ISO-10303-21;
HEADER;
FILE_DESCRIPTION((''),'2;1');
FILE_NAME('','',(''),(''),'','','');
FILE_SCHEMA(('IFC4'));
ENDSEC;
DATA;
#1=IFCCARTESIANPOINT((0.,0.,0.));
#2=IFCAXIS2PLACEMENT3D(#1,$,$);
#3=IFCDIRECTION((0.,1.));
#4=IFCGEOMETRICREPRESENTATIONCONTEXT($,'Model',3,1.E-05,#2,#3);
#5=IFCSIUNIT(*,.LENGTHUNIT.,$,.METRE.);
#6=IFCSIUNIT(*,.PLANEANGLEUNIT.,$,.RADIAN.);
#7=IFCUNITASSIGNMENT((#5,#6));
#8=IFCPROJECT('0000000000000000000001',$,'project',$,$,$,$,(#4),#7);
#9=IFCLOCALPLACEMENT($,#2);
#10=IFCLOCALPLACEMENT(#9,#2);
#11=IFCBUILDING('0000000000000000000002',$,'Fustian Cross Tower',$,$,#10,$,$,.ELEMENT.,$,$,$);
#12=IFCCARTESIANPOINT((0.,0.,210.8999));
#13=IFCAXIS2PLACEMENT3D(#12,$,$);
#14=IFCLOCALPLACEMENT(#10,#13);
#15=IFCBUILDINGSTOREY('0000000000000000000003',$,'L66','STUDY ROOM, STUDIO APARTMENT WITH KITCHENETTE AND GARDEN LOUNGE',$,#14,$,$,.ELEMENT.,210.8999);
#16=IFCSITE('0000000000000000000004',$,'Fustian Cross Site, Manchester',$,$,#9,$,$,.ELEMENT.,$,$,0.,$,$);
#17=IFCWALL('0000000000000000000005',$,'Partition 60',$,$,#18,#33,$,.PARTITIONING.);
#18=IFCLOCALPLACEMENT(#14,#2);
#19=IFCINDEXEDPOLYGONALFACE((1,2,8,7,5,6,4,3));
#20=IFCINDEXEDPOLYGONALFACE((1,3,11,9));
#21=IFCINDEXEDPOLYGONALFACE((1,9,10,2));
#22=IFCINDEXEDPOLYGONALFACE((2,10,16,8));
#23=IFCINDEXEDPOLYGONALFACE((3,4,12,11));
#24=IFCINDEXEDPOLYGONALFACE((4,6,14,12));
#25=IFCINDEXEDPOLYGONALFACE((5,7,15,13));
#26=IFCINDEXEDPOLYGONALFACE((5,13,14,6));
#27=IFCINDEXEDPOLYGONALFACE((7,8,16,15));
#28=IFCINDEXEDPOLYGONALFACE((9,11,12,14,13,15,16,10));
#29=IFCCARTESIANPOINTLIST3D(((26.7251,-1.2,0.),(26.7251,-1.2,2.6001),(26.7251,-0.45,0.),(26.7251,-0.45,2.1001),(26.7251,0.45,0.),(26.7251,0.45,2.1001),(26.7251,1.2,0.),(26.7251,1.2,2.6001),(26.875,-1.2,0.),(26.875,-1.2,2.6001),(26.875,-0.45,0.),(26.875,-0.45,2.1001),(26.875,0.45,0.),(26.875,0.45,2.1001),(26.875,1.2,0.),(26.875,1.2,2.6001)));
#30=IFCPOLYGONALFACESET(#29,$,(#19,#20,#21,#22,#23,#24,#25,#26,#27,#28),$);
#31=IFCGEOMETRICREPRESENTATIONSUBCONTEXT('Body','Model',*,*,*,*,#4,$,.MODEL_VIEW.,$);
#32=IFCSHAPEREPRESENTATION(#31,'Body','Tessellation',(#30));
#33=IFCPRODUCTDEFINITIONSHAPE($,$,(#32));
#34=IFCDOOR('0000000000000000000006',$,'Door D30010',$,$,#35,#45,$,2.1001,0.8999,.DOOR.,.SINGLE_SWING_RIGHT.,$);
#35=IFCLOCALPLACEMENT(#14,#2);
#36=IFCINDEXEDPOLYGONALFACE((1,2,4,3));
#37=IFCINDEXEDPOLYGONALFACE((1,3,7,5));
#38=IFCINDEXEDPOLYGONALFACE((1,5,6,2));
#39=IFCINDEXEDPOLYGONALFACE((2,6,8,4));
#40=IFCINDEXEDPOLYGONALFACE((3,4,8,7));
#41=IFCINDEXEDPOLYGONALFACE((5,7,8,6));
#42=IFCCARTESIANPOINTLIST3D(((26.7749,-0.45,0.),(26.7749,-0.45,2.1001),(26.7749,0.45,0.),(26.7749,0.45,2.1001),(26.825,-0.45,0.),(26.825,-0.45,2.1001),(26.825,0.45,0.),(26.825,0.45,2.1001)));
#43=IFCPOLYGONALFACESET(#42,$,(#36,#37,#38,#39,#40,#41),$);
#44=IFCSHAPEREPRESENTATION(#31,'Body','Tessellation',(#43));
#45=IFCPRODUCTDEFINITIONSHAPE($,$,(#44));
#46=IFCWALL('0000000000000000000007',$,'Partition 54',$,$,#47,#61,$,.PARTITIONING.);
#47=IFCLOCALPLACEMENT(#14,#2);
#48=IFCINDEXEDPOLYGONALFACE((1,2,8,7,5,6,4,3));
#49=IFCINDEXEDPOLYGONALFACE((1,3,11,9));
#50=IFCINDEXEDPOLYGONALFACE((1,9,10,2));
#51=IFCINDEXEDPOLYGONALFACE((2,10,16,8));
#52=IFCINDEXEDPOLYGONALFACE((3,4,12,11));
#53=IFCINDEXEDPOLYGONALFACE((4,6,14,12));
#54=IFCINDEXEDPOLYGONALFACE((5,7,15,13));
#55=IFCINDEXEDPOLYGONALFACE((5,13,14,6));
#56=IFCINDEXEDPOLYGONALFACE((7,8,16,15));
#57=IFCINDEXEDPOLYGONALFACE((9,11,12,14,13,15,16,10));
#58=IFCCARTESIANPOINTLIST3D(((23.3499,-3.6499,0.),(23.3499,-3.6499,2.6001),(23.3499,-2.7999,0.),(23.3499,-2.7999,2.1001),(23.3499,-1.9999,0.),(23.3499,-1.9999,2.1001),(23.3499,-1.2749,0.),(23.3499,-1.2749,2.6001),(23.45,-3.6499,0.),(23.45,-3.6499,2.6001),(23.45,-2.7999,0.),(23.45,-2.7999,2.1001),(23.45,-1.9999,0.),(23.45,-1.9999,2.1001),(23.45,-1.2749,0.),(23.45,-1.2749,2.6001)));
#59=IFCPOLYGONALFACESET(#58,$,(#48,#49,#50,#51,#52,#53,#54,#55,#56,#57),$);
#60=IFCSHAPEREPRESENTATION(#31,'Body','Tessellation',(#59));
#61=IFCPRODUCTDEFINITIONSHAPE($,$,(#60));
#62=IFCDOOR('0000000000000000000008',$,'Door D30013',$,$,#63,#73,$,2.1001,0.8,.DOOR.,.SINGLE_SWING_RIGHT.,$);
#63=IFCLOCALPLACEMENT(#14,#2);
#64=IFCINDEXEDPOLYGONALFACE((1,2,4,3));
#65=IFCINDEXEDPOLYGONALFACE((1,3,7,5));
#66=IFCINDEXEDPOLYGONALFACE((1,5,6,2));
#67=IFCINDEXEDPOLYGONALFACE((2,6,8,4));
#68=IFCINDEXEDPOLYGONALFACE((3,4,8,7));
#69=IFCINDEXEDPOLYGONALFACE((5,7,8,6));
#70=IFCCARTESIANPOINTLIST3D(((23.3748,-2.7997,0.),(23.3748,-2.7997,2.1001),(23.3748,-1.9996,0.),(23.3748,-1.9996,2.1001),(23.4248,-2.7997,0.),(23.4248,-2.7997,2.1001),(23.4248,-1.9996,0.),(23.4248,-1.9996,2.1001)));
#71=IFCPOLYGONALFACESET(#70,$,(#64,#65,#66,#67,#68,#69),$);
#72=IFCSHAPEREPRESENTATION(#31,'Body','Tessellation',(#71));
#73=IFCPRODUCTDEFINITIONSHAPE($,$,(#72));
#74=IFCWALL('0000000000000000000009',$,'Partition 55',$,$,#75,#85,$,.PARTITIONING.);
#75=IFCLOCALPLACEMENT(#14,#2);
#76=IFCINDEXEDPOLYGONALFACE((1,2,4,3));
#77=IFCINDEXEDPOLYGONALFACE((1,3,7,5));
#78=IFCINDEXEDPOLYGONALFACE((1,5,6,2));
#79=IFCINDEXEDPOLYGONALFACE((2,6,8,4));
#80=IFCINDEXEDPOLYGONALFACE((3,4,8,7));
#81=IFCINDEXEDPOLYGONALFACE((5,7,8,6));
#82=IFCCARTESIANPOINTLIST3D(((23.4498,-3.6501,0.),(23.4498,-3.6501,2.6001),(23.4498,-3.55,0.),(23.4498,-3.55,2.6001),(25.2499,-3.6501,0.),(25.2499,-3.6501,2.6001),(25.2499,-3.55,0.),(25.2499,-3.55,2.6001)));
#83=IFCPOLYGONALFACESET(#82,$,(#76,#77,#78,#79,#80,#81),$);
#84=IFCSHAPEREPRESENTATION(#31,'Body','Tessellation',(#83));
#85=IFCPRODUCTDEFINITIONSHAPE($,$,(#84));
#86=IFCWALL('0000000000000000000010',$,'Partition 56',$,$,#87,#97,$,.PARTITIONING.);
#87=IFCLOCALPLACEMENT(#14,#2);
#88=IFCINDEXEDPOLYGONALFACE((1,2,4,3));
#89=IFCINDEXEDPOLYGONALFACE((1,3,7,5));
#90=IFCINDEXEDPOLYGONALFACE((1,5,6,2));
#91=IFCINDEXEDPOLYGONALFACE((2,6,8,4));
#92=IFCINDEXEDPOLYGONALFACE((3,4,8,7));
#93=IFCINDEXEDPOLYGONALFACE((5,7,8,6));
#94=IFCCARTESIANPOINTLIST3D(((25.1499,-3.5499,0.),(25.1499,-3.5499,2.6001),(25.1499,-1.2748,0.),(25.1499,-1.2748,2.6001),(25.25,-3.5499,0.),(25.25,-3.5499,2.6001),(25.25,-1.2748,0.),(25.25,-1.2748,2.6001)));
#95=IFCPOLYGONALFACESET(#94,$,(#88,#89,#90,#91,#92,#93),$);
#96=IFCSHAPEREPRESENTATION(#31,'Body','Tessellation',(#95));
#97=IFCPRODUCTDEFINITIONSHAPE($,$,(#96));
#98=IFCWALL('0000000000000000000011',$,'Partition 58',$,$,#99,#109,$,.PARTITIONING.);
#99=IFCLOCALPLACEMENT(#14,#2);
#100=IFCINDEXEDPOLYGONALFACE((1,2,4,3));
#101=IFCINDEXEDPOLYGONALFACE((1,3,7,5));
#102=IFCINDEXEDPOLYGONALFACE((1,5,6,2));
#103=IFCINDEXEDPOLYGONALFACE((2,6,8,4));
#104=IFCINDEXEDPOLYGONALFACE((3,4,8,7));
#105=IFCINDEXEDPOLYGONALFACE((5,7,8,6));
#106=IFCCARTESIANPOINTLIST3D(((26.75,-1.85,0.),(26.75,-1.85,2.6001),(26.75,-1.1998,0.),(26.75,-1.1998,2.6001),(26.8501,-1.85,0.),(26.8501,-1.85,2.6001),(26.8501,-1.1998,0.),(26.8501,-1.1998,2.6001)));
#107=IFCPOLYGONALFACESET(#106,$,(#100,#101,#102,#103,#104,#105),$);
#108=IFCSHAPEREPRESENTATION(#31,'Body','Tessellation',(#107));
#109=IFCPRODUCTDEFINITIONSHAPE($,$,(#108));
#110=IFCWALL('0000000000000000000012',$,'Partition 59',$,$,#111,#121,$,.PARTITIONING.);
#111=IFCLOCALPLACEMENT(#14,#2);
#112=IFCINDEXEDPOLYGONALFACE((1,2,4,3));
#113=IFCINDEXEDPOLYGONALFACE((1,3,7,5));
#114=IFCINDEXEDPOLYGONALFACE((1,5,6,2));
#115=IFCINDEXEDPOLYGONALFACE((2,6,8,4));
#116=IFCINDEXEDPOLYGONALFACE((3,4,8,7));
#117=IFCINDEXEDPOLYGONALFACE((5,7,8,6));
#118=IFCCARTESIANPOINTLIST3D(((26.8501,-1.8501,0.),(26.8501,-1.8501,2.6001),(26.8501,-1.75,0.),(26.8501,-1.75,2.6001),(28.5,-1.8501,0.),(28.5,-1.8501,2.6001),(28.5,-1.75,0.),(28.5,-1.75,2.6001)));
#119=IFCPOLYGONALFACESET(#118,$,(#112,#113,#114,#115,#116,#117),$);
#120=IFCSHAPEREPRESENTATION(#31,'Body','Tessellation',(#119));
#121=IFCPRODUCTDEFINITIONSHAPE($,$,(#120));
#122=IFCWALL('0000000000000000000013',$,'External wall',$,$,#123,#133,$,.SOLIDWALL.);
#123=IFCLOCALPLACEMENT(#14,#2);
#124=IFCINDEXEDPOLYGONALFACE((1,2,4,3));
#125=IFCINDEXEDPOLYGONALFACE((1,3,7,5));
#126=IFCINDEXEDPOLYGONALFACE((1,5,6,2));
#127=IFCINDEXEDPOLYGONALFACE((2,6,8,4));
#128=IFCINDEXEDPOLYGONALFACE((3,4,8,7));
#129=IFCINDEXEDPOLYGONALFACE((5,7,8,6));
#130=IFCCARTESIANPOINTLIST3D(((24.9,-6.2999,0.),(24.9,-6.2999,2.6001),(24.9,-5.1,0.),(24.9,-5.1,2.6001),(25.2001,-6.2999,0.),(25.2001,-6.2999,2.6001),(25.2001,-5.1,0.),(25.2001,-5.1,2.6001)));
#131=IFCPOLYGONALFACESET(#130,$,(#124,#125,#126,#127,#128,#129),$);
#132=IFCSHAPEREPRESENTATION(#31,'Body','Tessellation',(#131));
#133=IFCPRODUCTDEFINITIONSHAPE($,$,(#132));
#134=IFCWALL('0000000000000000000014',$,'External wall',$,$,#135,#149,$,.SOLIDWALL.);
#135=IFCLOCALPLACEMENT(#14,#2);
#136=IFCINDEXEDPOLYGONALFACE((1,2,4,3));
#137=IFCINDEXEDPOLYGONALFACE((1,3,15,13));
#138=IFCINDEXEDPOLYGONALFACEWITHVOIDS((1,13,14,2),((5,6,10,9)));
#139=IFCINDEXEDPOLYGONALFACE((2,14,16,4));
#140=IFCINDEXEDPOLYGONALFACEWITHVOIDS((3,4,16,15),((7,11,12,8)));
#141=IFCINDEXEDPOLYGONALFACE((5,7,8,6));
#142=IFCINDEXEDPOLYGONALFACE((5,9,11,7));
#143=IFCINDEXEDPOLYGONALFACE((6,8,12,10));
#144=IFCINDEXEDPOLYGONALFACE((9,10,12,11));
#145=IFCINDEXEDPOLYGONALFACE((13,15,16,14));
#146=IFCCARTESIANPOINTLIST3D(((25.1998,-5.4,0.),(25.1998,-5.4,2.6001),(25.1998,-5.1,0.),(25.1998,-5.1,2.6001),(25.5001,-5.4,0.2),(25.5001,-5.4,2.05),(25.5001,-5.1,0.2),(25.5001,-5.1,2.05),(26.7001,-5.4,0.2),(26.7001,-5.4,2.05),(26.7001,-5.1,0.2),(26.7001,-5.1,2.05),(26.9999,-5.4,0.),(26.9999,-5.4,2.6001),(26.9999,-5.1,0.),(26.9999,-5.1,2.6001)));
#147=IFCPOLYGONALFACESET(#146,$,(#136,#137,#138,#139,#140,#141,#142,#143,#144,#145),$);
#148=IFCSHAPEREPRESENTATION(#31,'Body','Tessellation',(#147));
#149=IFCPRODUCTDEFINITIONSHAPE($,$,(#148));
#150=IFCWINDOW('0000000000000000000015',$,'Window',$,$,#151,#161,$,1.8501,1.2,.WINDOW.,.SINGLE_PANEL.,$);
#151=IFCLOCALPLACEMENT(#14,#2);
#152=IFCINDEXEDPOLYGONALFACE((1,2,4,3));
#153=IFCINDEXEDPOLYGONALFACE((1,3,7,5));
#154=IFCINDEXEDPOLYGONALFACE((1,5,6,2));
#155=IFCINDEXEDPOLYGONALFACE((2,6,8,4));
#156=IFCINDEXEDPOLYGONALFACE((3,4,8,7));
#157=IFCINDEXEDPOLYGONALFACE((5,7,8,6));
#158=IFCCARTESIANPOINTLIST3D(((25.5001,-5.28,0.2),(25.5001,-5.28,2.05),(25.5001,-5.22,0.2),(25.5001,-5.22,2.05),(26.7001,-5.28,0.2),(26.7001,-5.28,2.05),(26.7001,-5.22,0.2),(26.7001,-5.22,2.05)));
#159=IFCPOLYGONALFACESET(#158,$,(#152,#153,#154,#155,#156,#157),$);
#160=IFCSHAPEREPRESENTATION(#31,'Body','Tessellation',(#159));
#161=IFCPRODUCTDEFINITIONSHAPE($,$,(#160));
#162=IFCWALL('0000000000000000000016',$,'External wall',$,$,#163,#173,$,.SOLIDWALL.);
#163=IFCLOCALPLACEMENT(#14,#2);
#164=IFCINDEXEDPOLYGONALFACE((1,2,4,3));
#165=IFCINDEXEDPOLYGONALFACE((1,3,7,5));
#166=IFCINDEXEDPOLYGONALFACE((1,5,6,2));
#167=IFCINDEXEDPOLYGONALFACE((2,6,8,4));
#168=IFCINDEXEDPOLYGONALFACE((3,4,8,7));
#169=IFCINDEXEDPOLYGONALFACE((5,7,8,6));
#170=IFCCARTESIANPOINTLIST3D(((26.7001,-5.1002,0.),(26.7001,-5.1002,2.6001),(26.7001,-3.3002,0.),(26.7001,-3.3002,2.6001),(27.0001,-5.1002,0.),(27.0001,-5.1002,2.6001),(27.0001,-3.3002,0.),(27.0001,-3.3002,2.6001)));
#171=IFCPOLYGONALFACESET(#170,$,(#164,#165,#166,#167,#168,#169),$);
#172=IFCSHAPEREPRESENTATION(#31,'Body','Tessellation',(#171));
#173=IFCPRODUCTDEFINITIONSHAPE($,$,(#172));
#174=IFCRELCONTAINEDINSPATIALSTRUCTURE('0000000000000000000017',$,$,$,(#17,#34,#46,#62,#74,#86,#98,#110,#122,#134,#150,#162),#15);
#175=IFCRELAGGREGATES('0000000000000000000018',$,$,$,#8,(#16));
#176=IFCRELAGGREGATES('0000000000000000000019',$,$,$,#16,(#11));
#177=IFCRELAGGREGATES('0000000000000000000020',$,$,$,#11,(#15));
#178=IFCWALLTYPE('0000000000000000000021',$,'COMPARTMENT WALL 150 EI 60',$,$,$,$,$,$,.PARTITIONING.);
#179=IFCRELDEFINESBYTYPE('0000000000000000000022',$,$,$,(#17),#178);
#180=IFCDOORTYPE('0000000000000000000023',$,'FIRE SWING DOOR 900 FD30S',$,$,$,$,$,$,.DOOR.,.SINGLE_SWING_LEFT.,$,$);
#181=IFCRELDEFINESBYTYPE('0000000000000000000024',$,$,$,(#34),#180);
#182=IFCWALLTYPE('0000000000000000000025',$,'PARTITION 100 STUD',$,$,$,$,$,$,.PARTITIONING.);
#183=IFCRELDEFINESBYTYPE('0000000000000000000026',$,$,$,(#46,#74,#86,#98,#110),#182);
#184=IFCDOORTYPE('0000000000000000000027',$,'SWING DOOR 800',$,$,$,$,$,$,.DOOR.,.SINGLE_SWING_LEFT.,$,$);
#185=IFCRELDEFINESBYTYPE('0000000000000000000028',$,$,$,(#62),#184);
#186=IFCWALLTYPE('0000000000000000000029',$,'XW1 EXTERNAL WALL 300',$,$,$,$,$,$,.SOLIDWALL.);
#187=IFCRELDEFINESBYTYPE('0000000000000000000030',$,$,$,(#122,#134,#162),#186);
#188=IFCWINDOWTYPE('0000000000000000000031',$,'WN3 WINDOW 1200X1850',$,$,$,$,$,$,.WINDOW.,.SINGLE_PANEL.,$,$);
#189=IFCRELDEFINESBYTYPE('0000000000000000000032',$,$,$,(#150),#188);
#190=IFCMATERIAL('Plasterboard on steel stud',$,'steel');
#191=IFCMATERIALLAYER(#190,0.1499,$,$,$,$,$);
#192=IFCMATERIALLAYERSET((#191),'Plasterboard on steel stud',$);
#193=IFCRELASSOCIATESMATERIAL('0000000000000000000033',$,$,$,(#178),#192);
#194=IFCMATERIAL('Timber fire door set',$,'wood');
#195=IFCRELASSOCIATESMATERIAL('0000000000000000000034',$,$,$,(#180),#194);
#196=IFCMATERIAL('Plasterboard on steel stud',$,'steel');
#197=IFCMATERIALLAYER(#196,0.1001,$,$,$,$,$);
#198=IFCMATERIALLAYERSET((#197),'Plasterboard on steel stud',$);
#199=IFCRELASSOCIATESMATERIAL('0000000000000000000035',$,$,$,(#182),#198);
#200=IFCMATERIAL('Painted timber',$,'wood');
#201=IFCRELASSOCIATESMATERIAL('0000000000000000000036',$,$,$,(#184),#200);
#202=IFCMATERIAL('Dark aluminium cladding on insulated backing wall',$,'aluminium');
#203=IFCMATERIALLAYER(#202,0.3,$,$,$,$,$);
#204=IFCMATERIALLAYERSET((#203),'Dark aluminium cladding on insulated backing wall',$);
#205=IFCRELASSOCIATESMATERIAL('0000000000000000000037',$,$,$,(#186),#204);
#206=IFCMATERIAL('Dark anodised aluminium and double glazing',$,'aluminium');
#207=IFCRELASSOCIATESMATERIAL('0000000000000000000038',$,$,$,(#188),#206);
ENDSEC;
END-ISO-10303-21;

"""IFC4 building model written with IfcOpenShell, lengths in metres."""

from ifc_helpers import new_model, si_unit, direction, frame, frame_2d, origin, place, context, subcontext, project, spatial, rectangle, extrude, material, layer, layer_set, type_object, element, fill, save


model = new_model("IFC4")

# Units and contexts
model_context = context("Model", 3, precision=1e-05, world=origin(), true_north=direction((0.0, 1.0)))
body_context = subcontext(model_context, "Body", "Model", "MODEL_VIEW")
ifc_project = project(units=[si_unit("LENGTHUNIT", "METRE"), si_unit("PLANEANGLEUNIT", "RADIAN")], contexts=[model_context])

# Site, building, storey
site_placement = place(None, origin())
site = spatial("IfcSite", under=ifc_project, at=site_placement, Name="Fustian Cross Site, Manchester", CompositionType="ELEMENT", RefElevation=0.0)
building_placement = place(site_placement, origin())
building = spatial("IfcBuilding", under=site, at=building_placement, Name="Fustian Cross Tower", CompositionType="ELEMENT")
storey_placement = place(building_placement, frame((0.0, 0.0, 210.8999)))
storey = spatial("IfcBuildingStorey", under=building, at=storey_placement, Name="L66", Description="STUDY ROOM, STUDIO APARTMENT WITH KITCHENETTE AND GARDEN LOUNGE", CompositionType="ELEMENT", Elevation=210.8999)

# Walls, openings, doors
ifc_material_1 = material(Name="Plasterboard on steel stud", Category="steel")
ifc_layer_1 = layer(ifc_material_1, 0.1499)
ifc_layer_set_1 = layer_set([ifc_layer_1], Name="Plasterboard on steel stud")
wall_type_1 = type_object("IfcWallType", Name="COMPARTMENT WALL 150 EI 60", PredefinedType="PARTITIONING", material=ifc_layer_set_1)
wall_1_placement = place(storey_placement, frame((26.8, -1.2, 0.0), z_axis=(0.0, 0.0, 1.0), x_axis=(0.0, 1.0, 0.0)))
wall_1 = element("IfcWall", 1, at=wall_1_placement, inside=storey, type_object=wall_type_1, Name="Partition 60", PredefinedType="PARTITIONING", context=body_context, shape_type="SweptSolid", body=[
    extrude(rectangle(XDim=2.3999, YDim=0.1499, at=frame_2d((1.2, 0.0))), origin(), (0.0, 0.0, 1.0), 2.6001),
])
opening_1_placement = place(wall_1_placement, frame((0.75, 0.0, 0.0)))
opening_1 = element("IfcOpeningElement", 2, at=opening_1_placement, cuts=wall_1, PredefinedType="OPENING", context=body_context, shape_type="SweptSolid", body=[
    extrude(rectangle(XDim=0.8999, YDim=2.1001, at=frame_2d((0.45, 1.05))), frame((0.0, 0.085, 0.0), z_axis=(0.0, -1.0, 0.0), x_axis=(1.0, 0.0, 0.0)), (0.0, 0.0, 1.0), 0.1699),
])
ifc_material_2 = material(Name="Timber fire door set", Category="wood")
door_type_1 = type_object("IfcDoorType", Name="FIRE SWING DOOR 900 FD30S", OperationType="SINGLE_SWING_LEFT", PredefinedType="DOOR", material=ifc_material_2)
door_1_placement = place(opening_1_placement, frame((0.8999, 0.0, 0.0), z_axis=(0.0, 0.0, 1.0), x_axis=(-1.0, 0.0, 0.0)))
door_1 = element("IfcDoor", 3, at=door_1_placement, inside=storey, type_object=door_type_1, Name="Door D30010", OperationType="SINGLE_SWING_RIGHT", OverallHeight=2.1001, OverallWidth=0.8999, PredefinedType="DOOR", context=body_context, shape_type="SweptSolid", body=[
    extrude(rectangle(XDim=0.8999, YDim=2.1001, at=frame_2d((0.45, 1.05))), frame((0.0, 0.0249, 0.0), z_axis=(0.0, -1.0, 0.0), x_axis=(1.0, 0.0, 0.0)), (0.0, 0.0, 1.0), 0.05),
])
fill(opening_1, door_1)
ifc_material_3 = material(Name="Plasterboard on steel stud", Category="steel")
ifc_layer_2 = layer(ifc_material_3, 0.1001)
ifc_layer_set_2 = layer_set([ifc_layer_2], Name="Plasterboard on steel stud")
wall_type_2 = type_object("IfcWallType", Name="PARTITION 100 STUD", PredefinedType="PARTITIONING", material=ifc_layer_set_2)
wall_2_placement = place(storey_placement, frame((23.3999, -3.6499, 0.0), z_axis=(0.0, 0.0, 1.0), x_axis=(0.0, 1.0, 0.0)))
wall_2 = element("IfcWall", 4, at=wall_2_placement, inside=storey, type_object=wall_type_2, Name="Partition 54", PredefinedType="PARTITIONING", context=body_context, shape_type="SweptSolid", body=[
    extrude(rectangle(XDim=2.375, YDim=0.1001, at=frame_2d((1.1875, 0.0))), origin(), (0.0, 0.0, 1.0), 2.6001),
])
opening_2_placement = place(wall_2_placement, frame((0.8501, 0.0, 0.0)))
opening_2 = element("IfcOpeningElement", 5, at=opening_2_placement, cuts=wall_2, PredefinedType="OPENING", context=body_context, shape_type="SweptSolid", body=[
    extrude(rectangle(XDim=0.8, YDim=2.1001, at=frame_2d((0.3999, 1.05))), frame((0.0, 0.0601, 0.0), z_axis=(0.0, -1.0, 0.0), x_axis=(1.0, 0.0, 0.0)), (0.0, 0.0, 1.0), 0.1201),
])
ifc_material_4 = material(Name="Painted timber", Category="wood")
door_type_2 = type_object("IfcDoorType", Name="SWING DOOR 800", OperationType="SINGLE_SWING_LEFT", PredefinedType="DOOR", material=ifc_material_4)
door_2_placement = place(opening_2_placement, frame((0.8, 0.0, 0.0), z_axis=(0.0, 0.0, 1.0), x_axis=(-1.0, 0.0, 0.0)))
door_2 = element("IfcDoor", 6, at=door_2_placement, inside=storey, type_object=door_type_2, Name="Door D30013", OperationType="SINGLE_SWING_RIGHT", OverallHeight=2.1001, OverallWidth=0.8, PredefinedType="DOOR", context=body_context, shape_type="SweptSolid", body=[
    extrude(rectangle(XDim=0.8, YDim=2.1001, at=frame_2d((0.3999, 1.05))), frame((0.0, 0.0249, 0.0), z_axis=(0.0, -1.0, 0.0), x_axis=(1.0, 0.0, 0.0)), (0.0, 0.0, 1.0), 0.05),
])
fill(opening_2, door_2)

# Walls
wall_3_placement = place(storey_placement, frame((23.45, -3.6001, 0.0), z_axis=(0.0, 0.0, 1.0), x_axis=(1.0, 0.0, 0.0)))
element("IfcWall", 7, at=wall_3_placement, inside=storey, type_object=wall_type_2, Name="Partition 55", PredefinedType="PARTITIONING", context=body_context, shape_type="SweptSolid", body=[
    extrude(rectangle(XDim=1.8, YDim=0.1001, at=frame_2d((0.8999, 0.0))), origin(), (0.0, 0.0, 1.0), 2.6001),
])
wall_4_placement = place(storey_placement, frame((25.2, -3.55, 0.0), z_axis=(0.0, 0.0, 1.0), x_axis=(0.0, 1.0, 0.0)))
element("IfcWall", 8, at=wall_4_placement, inside=storey, type_object=wall_type_2, Name="Partition 56", PredefinedType="PARTITIONING", context=body_context, shape_type="SweptSolid", body=[
    extrude(rectangle(XDim=2.2751, YDim=0.1001, at=frame_2d((1.1377, 0.0))), origin(), (0.0, 0.0, 1.0), 2.6001),
])
wall_5_placement = place(storey_placement, frame((26.8, -1.8501, 0.0), z_axis=(0.0, 0.0, 1.0), x_axis=(0.0, 1.0, 0.0)))
element("IfcWall", 9, at=wall_5_placement, inside=storey, type_object=wall_type_2, Name="Partition 58", PredefinedType="PARTITIONING", context=body_context, shape_type="SweptSolid", body=[
    extrude(rectangle(XDim=0.6501, YDim=0.1001, at=frame_2d((0.3252, 0.0))), origin(), (0.0, 0.0, 1.0), 2.6001),
])
wall_6_placement = place(storey_placement, frame((26.8501, -1.8, 0.0), z_axis=(0.0, 0.0, 1.0), x_axis=(1.0, 0.0, 0.0)))
element("IfcWall", 10, at=wall_6_placement, inside=storey, type_object=wall_type_2, Name="Partition 59", PredefinedType="PARTITIONING", context=body_context, shape_type="SweptSolid", body=[
    extrude(rectangle(XDim=1.6499, YDim=0.1001, at=frame_2d((0.825, 0.0))), origin(), (0.0, 0.0, 1.0), 2.6001),
])
ifc_material_5 = material(Name="Dark aluminium cladding on insulated backing wall", Category="aluminium")
ifc_layer_3 = layer(ifc_material_5, 0.3)
ifc_layer_set_3 = layer_set([ifc_layer_3], Name="Dark aluminium cladding on insulated backing wall")
wall_type_3 = type_object("IfcWallType", Name="XW1 EXTERNAL WALL 300", PredefinedType="SOLIDWALL", material=ifc_layer_set_3)
wall_7_placement = place(storey_placement, frame((25.05, -6.3, 0.0), z_axis=(0.0, 0.0, 1.0), x_axis=(0.0, 1.0, 0.0)))
element("IfcWall", 11, at=wall_7_placement, inside=storey, type_object=wall_type_3, Name="External wall", PredefinedType="SOLIDWALL", context=body_context, shape_type="SweptSolid", body=[
    extrude(rectangle(XDim=1.2, YDim=0.3, at=frame_2d((0.6001, 0.0))), origin(), (0.0, 0.0, 1.0), 2.6001),
])

# Wall, opening, window
wall_8_placement = place(storey_placement, frame((25.2, -5.25, 0.0), z_axis=(0.0, 0.0, 1.0), x_axis=(1.0, 0.0, 0.0)))
wall_8 = element("IfcWall", 12, at=wall_8_placement, inside=storey, type_object=wall_type_3, Name="External wall", PredefinedType="SOLIDWALL", context=body_context, shape_type="SweptSolid", body=[
    extrude(rectangle(XDim=1.8, YDim=0.3, at=frame_2d((0.8999, 0.0))), origin(), (0.0, 0.0, 1.0), 2.6001),
])
opening_3_placement = place(wall_8_placement, frame((0.3, 0.0, 0.2)))
opening_3 = element("IfcOpeningElement", 13, at=opening_3_placement, cuts=wall_8, PredefinedType="OPENING", context=body_context, shape_type="SweptSolid", body=[
    extrude(rectangle(XDim=1.2, YDim=1.8501, at=frame_2d((0.6001, 0.925))), frame((0.0, 0.1599, 0.0), z_axis=(0.0, -1.0, 0.0), x_axis=(1.0, 0.0, 0.0)), (0.0, 0.0, 1.0), 0.3201),
])
ifc_material_6 = material(Name="Dark anodised aluminium and double glazing", Category="aluminium")
window_type_1 = type_object("IfcWindowType", Name="WN3 WINDOW 1200X1850", PartitioningType="SINGLE_PANEL", PredefinedType="WINDOW", material=ifc_material_6)
window_1_placement = place(opening_3_placement, origin())
window_1 = element("IfcWindow", 14, at=window_1_placement, inside=storey, type_object=window_type_1, Name="Window", OverallHeight=1.8501, OverallWidth=1.2, PartitioningType="SINGLE_PANEL", PredefinedType="WINDOW", context=body_context, shape_type="SweptSolid", body=[
    extrude(rectangle(XDim=1.2, YDim=1.8501, at=frame_2d((0.6001, 0.925))), frame((0.0, 0.03, 0.0), z_axis=(0.0, -1.0, 0.0), x_axis=(1.0, 0.0, 0.0)), (0.0, 0.0, 1.0), 0.0601),
])
fill(opening_3, window_1)

# Wall
wall_9_placement = place(storey_placement, frame((26.8501, -5.1001, 0.0), z_axis=(0.0, 0.0, 1.0), x_axis=(0.0, 1.0, 0.0)))
element("IfcWall", 15, at=wall_9_placement, inside=storey, type_object=wall_type_3, Name="External wall", PredefinedType="SOLIDWALL", context=body_context, shape_type="SweptSolid", body=[
    extrude(rectangle(XDim=1.8, YDim=0.3, at=frame_2d((0.8999, 0.0))), origin(), (0.0, 0.0, 1.0), 2.6001),
])

save(model, "model.ifc")
